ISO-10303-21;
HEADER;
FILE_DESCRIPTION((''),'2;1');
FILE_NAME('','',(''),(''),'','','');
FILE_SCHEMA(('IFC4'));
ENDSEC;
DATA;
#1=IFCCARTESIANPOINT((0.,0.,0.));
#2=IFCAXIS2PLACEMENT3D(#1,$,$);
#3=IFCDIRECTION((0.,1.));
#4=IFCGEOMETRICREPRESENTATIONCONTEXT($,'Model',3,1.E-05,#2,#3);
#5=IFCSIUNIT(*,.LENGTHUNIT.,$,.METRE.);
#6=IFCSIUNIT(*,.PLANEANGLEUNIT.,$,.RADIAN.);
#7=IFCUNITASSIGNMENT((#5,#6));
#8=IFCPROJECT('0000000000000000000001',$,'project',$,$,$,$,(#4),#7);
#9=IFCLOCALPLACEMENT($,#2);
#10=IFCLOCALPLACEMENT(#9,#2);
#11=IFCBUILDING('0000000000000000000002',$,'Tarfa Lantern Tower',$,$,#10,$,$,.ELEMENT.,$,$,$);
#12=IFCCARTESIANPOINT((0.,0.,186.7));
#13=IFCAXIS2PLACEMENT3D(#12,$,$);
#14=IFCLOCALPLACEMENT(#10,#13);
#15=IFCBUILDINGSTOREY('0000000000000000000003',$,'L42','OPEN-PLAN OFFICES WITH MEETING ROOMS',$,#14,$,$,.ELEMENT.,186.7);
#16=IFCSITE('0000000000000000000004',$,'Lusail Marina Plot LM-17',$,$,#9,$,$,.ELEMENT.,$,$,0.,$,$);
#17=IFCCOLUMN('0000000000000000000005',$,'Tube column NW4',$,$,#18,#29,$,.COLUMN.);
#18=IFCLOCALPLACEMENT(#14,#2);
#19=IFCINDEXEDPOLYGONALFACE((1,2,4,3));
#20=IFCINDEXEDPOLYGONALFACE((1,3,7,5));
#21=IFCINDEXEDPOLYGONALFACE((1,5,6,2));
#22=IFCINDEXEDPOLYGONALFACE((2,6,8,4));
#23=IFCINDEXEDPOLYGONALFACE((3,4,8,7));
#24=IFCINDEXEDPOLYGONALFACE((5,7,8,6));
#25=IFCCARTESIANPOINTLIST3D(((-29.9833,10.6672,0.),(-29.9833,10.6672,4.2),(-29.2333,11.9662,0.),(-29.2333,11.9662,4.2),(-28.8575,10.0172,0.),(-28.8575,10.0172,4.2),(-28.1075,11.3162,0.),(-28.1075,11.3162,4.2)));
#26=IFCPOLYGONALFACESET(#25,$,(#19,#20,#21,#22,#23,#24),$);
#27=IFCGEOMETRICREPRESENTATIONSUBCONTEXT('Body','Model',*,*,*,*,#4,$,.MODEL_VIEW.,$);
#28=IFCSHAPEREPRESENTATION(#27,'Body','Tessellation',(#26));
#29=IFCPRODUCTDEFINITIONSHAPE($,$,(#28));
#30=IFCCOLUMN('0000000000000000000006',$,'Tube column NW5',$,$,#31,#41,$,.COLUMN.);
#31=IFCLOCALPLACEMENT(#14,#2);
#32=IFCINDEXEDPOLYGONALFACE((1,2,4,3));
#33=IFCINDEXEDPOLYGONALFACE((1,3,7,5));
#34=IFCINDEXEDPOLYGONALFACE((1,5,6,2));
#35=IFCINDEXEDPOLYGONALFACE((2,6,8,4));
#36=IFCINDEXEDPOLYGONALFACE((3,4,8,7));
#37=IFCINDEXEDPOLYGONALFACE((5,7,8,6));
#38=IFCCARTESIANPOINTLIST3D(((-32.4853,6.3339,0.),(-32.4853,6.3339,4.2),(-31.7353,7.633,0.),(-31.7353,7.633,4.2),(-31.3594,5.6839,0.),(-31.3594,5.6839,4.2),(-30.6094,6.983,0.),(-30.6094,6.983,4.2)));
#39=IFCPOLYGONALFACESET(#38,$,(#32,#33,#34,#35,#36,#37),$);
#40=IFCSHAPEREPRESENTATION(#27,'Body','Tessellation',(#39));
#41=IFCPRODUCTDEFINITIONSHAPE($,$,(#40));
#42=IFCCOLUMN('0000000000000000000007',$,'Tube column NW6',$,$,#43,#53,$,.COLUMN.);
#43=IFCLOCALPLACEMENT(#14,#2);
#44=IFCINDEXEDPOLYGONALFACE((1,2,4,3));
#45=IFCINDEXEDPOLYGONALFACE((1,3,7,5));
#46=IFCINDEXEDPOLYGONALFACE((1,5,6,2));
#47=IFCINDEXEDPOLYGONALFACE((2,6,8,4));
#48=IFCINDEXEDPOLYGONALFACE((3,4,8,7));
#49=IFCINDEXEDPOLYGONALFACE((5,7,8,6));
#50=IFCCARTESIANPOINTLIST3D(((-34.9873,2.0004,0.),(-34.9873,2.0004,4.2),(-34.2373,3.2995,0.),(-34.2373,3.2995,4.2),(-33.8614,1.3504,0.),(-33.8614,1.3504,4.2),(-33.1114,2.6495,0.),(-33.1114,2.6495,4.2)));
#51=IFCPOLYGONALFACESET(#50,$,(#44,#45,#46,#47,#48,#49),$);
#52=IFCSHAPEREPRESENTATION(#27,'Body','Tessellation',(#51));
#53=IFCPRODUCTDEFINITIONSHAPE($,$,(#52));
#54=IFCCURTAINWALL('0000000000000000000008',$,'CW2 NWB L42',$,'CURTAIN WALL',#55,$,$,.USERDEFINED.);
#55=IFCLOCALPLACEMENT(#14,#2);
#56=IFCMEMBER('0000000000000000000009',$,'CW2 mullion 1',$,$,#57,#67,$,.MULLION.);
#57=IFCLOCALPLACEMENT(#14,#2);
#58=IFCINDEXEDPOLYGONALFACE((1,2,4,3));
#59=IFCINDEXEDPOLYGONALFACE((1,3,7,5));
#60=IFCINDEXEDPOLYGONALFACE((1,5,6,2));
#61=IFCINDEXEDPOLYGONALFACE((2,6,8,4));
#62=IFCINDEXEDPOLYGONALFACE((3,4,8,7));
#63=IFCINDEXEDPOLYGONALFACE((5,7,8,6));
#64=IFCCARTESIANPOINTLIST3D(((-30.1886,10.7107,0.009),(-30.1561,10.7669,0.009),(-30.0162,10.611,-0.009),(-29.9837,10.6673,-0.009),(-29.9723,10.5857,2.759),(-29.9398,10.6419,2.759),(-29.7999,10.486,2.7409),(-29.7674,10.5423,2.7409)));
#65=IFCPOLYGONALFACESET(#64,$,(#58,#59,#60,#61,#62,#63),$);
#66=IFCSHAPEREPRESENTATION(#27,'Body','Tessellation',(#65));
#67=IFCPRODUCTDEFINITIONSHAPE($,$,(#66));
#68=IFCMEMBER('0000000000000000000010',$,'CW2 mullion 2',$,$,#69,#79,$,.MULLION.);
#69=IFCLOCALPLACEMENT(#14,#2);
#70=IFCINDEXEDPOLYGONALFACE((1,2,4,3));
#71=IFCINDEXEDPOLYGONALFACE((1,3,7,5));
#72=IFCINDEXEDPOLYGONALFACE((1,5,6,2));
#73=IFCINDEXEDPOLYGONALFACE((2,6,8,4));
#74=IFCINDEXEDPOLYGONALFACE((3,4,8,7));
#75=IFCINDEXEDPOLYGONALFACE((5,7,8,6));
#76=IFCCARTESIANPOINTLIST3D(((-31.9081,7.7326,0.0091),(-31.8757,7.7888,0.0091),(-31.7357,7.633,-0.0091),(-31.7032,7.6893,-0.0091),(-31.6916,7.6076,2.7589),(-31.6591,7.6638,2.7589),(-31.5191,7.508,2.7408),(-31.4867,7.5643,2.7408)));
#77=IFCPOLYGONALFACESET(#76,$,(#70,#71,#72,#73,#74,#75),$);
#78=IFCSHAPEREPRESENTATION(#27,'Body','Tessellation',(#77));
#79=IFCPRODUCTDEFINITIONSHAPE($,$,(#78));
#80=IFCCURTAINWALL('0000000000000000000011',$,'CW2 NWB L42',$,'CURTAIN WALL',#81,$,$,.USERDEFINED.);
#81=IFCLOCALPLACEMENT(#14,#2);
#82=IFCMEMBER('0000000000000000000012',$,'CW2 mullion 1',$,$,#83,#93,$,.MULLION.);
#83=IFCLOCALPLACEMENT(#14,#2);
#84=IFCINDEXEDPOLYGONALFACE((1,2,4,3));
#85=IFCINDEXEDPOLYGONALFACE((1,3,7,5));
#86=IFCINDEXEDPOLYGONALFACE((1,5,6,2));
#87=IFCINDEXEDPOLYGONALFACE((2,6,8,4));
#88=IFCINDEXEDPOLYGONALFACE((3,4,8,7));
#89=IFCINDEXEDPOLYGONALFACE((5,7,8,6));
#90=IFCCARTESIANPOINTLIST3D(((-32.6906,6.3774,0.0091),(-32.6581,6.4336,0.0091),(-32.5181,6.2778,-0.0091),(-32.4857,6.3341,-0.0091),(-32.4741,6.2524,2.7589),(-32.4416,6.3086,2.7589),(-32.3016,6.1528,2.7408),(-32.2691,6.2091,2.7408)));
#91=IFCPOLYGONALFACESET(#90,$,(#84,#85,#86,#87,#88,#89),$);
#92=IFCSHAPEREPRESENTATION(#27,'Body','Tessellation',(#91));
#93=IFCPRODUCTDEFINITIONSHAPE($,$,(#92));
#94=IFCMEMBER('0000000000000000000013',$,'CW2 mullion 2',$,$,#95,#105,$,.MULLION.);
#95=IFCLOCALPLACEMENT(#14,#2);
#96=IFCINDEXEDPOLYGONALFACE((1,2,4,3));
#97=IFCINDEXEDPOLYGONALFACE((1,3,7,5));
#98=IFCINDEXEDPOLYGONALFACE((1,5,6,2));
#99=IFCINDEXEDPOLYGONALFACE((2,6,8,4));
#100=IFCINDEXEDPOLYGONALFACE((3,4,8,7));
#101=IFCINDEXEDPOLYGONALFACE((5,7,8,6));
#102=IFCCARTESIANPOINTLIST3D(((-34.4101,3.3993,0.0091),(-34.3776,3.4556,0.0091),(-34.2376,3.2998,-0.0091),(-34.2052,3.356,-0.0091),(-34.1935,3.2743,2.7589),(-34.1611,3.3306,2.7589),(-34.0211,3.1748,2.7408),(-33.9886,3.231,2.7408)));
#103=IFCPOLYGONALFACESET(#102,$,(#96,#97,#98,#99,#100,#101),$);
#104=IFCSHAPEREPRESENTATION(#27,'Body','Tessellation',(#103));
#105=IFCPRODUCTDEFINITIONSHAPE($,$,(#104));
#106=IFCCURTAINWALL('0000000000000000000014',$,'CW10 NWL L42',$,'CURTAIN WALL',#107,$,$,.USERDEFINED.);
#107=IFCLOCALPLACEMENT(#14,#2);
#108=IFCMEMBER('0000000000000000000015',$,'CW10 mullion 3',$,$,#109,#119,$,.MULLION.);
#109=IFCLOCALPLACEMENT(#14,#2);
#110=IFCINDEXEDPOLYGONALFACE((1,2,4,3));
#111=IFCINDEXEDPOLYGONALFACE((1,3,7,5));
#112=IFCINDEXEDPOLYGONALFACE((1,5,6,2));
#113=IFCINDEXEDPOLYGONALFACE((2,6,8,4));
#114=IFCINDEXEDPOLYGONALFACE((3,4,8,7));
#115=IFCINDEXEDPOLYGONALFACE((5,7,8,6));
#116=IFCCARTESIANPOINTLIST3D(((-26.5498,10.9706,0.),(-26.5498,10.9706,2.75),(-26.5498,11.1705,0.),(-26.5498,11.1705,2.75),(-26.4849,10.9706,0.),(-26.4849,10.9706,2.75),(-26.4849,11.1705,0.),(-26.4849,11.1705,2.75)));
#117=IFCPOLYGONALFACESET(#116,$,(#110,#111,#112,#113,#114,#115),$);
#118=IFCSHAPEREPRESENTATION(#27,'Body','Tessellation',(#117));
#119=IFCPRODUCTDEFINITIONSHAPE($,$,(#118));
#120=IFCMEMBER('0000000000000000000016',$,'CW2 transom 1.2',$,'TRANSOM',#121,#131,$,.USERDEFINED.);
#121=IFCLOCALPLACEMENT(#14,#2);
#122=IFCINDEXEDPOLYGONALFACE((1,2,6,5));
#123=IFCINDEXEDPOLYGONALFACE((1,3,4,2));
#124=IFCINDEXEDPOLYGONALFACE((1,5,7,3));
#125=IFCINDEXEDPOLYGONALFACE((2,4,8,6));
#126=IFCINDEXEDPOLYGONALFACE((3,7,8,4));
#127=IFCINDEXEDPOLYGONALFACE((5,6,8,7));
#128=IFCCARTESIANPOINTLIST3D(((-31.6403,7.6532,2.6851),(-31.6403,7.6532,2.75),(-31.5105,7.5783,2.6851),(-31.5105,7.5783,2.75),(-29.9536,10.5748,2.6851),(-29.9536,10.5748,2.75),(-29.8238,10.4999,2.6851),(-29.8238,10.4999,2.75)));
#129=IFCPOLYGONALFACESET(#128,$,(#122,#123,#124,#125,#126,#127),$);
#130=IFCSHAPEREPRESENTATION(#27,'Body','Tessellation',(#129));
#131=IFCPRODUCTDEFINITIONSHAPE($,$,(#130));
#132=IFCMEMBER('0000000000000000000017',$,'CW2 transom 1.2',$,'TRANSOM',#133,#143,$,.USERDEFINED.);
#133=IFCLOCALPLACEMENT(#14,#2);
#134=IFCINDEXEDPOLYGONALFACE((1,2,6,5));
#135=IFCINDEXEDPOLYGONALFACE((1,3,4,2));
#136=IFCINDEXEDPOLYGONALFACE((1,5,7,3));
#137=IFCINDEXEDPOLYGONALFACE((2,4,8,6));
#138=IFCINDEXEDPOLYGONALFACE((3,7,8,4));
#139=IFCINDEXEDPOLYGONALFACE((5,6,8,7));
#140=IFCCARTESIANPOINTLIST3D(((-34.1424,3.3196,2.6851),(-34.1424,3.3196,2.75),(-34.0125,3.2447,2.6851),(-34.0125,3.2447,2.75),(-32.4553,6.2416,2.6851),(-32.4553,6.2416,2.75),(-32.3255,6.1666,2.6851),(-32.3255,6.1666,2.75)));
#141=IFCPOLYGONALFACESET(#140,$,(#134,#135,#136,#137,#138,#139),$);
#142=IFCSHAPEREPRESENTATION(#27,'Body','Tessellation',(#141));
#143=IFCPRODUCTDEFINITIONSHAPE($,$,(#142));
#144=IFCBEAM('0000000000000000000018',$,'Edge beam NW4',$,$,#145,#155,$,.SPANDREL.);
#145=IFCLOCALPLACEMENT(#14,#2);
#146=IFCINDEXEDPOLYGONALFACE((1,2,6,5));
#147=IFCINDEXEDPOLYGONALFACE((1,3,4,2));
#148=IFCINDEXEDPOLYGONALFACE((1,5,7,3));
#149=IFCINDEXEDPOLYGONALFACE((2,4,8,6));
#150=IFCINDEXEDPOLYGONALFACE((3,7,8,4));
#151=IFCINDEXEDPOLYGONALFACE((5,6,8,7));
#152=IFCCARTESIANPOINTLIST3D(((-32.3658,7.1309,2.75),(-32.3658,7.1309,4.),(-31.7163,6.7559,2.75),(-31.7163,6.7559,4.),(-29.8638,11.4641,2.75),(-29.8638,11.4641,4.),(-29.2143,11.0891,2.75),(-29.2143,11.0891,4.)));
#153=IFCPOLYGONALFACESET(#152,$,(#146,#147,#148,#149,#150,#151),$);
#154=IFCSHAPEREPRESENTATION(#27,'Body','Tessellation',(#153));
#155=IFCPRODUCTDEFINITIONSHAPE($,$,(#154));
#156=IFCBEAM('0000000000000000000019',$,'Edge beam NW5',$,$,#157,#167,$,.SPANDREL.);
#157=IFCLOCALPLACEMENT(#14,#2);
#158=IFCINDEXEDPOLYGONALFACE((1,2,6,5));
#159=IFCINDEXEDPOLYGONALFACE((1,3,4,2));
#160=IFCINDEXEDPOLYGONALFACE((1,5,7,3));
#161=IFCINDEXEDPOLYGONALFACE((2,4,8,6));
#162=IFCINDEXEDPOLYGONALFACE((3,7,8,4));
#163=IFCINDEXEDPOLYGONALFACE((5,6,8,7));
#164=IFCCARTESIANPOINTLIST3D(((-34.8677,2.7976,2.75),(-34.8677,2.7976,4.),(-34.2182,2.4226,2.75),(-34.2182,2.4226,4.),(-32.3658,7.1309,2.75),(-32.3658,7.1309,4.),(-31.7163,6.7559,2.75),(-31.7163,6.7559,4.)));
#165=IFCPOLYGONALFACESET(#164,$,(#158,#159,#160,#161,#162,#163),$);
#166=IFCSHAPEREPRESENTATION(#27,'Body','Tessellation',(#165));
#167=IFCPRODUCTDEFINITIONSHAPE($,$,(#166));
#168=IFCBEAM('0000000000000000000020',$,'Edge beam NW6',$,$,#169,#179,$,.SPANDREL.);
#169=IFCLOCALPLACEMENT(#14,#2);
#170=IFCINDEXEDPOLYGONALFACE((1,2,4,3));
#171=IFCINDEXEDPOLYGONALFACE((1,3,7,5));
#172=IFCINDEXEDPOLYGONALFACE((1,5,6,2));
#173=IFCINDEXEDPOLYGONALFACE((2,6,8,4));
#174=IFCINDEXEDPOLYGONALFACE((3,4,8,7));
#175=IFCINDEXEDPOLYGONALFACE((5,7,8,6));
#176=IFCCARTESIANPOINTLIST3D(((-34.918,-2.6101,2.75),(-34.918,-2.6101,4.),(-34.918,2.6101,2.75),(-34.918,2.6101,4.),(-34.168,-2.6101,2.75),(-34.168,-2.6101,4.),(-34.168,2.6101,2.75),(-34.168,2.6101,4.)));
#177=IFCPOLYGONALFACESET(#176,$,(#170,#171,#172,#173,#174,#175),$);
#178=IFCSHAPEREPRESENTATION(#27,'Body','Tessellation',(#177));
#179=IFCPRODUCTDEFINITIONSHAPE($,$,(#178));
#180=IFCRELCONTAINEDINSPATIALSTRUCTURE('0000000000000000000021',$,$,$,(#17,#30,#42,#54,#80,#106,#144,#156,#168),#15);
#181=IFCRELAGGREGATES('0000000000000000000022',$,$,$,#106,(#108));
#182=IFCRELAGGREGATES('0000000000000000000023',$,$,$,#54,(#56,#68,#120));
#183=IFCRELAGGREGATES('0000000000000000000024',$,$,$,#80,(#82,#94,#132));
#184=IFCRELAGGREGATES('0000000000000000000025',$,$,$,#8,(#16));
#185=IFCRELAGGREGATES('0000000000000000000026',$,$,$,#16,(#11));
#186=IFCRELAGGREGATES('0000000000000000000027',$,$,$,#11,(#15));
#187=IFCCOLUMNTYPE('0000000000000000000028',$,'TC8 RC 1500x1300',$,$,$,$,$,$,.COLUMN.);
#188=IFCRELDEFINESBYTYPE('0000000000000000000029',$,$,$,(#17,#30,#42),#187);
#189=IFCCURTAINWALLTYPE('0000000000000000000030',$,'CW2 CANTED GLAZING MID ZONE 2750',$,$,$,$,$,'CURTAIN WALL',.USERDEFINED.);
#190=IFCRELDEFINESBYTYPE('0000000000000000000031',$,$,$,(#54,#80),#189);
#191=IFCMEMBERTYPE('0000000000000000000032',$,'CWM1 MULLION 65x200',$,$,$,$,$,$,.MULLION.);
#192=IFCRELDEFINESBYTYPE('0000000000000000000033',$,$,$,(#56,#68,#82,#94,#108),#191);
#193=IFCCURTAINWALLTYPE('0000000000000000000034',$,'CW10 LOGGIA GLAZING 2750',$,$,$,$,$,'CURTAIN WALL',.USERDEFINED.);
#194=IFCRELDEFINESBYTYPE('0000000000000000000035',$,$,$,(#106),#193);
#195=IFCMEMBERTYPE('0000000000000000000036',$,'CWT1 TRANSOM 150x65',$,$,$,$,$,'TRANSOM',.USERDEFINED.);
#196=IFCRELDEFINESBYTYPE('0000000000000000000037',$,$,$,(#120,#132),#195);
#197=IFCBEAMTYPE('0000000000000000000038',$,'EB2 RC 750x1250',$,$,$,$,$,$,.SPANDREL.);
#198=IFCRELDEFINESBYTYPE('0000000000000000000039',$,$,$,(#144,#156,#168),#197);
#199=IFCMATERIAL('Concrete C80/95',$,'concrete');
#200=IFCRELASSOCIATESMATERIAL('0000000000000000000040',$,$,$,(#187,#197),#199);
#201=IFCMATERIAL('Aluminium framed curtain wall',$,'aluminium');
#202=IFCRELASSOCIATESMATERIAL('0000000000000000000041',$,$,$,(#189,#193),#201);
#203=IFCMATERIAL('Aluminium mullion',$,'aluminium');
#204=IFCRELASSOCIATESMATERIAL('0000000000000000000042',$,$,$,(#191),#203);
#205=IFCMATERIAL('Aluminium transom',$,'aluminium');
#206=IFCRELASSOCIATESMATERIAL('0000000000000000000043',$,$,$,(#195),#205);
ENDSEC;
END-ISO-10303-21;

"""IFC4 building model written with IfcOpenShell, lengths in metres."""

from ifc_helpers import new_model, si_unit, direction, frame, origin, origin_2d, place, context, subcontext, project, spatial, rectangle, extrude, material, material_profile, profile_set, type_object, element, aggregate, save


model = new_model("IFC4")

# Units and contexts
model_context = context("Model", 3, precision=1e-05, world=origin(), true_north=direction((0.0, 1.0)))
body_context = subcontext(model_context, "Body", "Model", "MODEL_VIEW")
ifc_project = project(units=[si_unit("LENGTHUNIT", "METRE"), si_unit("PLANEANGLEUNIT", "RADIAN")], contexts=[model_context])

# Site, building, storey
site_placement = place(None, origin())
site = spatial("IfcSite", under=ifc_project, at=site_placement, Name="Lusail Marina Plot LM-17", CompositionType="ELEMENT", RefElevation=0.0)
building_placement = place(site_placement, origin())
building = spatial("IfcBuilding", under=site, at=building_placement, Name="Tarfa Lantern Tower", CompositionType="ELEMENT")
storey_placement = place(building_placement, frame((0.0, 0.0, 186.7)))
storey = spatial("IfcBuildingStorey", under=building, at=storey_placement, Name="L42", Description="OPEN-PLAN OFFICES WITH MEETING ROOMS", CompositionType="ELEMENT", Elevation=186.7)

# Columns
ifc_material_1 = material(Name="Concrete C80/95", Category="concrete")
ifc_material_profile_1 = material_profile(ifc_material_1, rectangle(XDim=1.5, YDim=1.3, at=origin_2d()), Name="RC 1500x1300")
ifc_profile_set_1 = profile_set([ifc_material_profile_1], Name="Concrete C80/95")
column_type = type_object("IfcColumnType", Name="TC8 RC 1500x1300", PredefinedType="COLUMN", material=ifc_profile_set_1)
for number, where, z_axis, x_axis, name in (
    (1, (-29.0454, 10.9917, 0.0), (0.0, 0.0, 1.0), (-0.5, -0.866025, 0.0), "Tube column NW4"),
    (2, (-31.5474, 6.6584, 0.0), (0.0, 0.0, 1.0), (-0.5, -0.866025, 0.0), "Tube column NW5"),
    (3, (-34.0493, 2.325, 0.0), (0.0, 0.0, 1.0), (-0.5, -0.866025, 0.0), "Tube column NW6"),
):
    element("IfcColumn", number, at=place(storey_placement, frame(where, z_axis=z_axis, x_axis=x_axis)), inside=storey, type_object=column_type, Name=name, PredefinedType="COLUMN", context=body_context, shape_type="SweptSolid", body=[
        extrude(rectangle(XDim=1.5, YDim=1.3, at=origin_2d()), origin(), (0.0, 0.0, 1.0), 4.2),
    ])

# Curtain walls, members
ifc_material_2 = material(Name="Aluminium framed curtain wall", Category="aluminium")
curtain_wall_type_1 = type_object("IfcCurtainWallType", Name="CW2 CANTED GLAZING MID ZONE 2750", ElementType="CURTAIN WALL", PredefinedType="USERDEFINED", material=ifc_material_2)
curtain_wall_1_placement = place(storey_placement, origin())
curtain_wall_1 = element("IfcCurtainWall", 4, at=curtain_wall_1_placement, inside=storey, type_object=curtain_wall_type_1, Name="CW2 NWB L42", ObjectType="CURTAIN WALL", PredefinedType="USERDEFINED")
ifc_material_3 = material(Name="Aluminium mullion", Category="aluminium")
ifc_material_profile_2 = material_profile(ifc_material_3, rectangle(XDim=0.0649, YDim=0.2, at=origin_2d()), Name="AL MULLION 65x200")
ifc_profile_set_2 = profile_set([ifc_material_profile_2], Name="Aluminium mullion")
member_type_1 = type_object("IfcMemberType", Name="CWM1 MULLION 65x200", PredefinedType="MULLION", material=ifc_profile_set_2)
member_1_placement = place(storey_placement, frame((-30.0862, 10.689, 0.0), z_axis=(0.078335, -0.045268, 0.995899), x_axis=(0.500343, 0.865827, 0.0)))
member_1 = element("IfcMember", 5, at=member_1_placement, type_object=member_type_1, Name="CW2 mullion 1", PredefinedType="MULLION", context=body_context, shape_type="SweptSolid", body=[
    extrude(rectangle(XDim=0.0649, YDim=0.2, at=origin_2d()), origin(), (0.0, 0.0, 1.0), 2.7612),
])
member_2_placement = place(storey_placement, frame((-31.8057, 7.7109, 0.0), z_axis=(0.078423, -0.045268, 0.995892), x_axis=(0.49992, 0.866072, 0.0)))
member_2 = element("IfcMember", 6, at=member_2_placement, type_object=member_type_1, Name="CW2 mullion 2", PredefinedType="MULLION", context=body_context, shape_type="SweptSolid", body=[
    extrude(rectangle(XDim=0.0649, YDim=0.2, at=origin_2d()), origin(), (0.0, 0.0, 1.0), 2.7612),
])
curtain_wall_2_placement = place(storey_placement, origin())
curtain_wall_2 = element("IfcCurtainWall", 7, at=curtain_wall_2_placement, inside=storey, type_object=curtain_wall_type_1, Name="CW2 NWB L42", ObjectType="CURTAIN WALL", PredefinedType="USERDEFINED")
member_3_placement = place(storey_placement, frame((-32.5881, 6.3557, 0.0), z_axis=(0.078423, -0.045268, 0.995892), x_axis=(0.49992, 0.866072, 0.0)))
member_3 = element("IfcMember", 8, at=member_3_placement, type_object=member_type_1, Name="CW2 mullion 1", PredefinedType="MULLION", context=body_context, shape_type="SweptSolid", body=[
    extrude(rectangle(XDim=0.0649, YDim=0.2, at=origin_2d()), origin(), (0.0, 0.0, 1.0), 2.7612),
])
member_4_placement = place(storey_placement, frame((-34.3076, 3.3777, 0.0), z_axis=(0.078423, -0.045268, 0.995892), x_axis=(0.49992, 0.866072, 0.0)))
member_4 = element("IfcMember", 9, at=member_4_placement, type_object=member_type_1, Name="CW2 mullion 2", PredefinedType="MULLION", context=body_context, shape_type="SweptSolid", body=[
    extrude(rectangle(XDim=0.0649, YDim=0.2, at=origin_2d()), origin(), (0.0, 0.0, 1.0), 2.7612),
])

# Curtain wall, member
curtain_wall_type_2 = type_object("IfcCurtainWallType", Name="CW10 LOGGIA GLAZING 2750", ElementType="CURTAIN WALL", PredefinedType="USERDEFINED", material=ifc_material_2)
curtain_wall_3_placement = place(storey_placement, origin())
curtain_wall_3 = element("IfcCurtainWall", 10, at=curtain_wall_3_placement, inside=storey, type_object=curtain_wall_type_2, Name="CW10 NWL L42", ObjectType="CURTAIN WALL", PredefinedType="USERDEFINED")
member_5_placement = place(storey_placement, frame((-26.5173, 11.0706, 0.0), z_axis=(0.0, 0.0, 1.0), x_axis=(1.0, 0.0, 0.0)))
member_5 = element("IfcMember", 11, at=member_5_placement, type_object=member_type_1, Name="CW10 mullion 3", PredefinedType="MULLION", context=body_context, shape_type="SweptSolid", body=[
    extrude(rectangle(XDim=0.0649, YDim=0.2, at=origin_2d()), origin(), (0.0, 0.0, 1.0), 2.75),
])
aggregate(curtain_wall_3, [member_5])

# Members
ifc_material_4 = material(Name="Aluminium transom", Category="aluminium")
ifc_material_profile_3 = material_profile(ifc_material_4, rectangle(XDim=0.1499, YDim=0.0649, at=origin_2d()), Name="AL TRANSOM 150x65")
ifc_profile_set_3 = profile_set([ifc_material_profile_3], Name="Aluminium transom")
member_type_2 = type_object("IfcMemberType", Name="CWT1 TRANSOM 150x65", ElementType="TRANSOM", PredefinedType="USERDEFINED", material=ifc_profile_set_3)
member_6_placement = place(storey_placement, frame((-29.8887, 10.5374, 2.7175), z_axis=(-0.499992, -0.86603, 0.0), x_axis=(0.86603, -0.499992, 0.0)))
member_6 = element("IfcMember", 12, at=member_6_placement, type_object=member_type_2, Name="CW2 transom 1.2", ObjectType="TRANSOM", PredefinedType="USERDEFINED", context=body_context, shape_type="SweptSolid", body=[
    extrude(rectangle(XDim=0.1499, YDim=0.0649, at=origin_2d()), origin(), (0.0, 0.0, 1.0), 3.3735),
])
member_7_placement = place(storey_placement, frame((-32.3904, 6.2041, 2.7175), z_axis=(-0.500015, -0.866017, 0.0), x_axis=(0.866017, -0.500015, 0.0)))
member_7 = element("IfcMember", 13, at=member_7_placement, type_object=member_type_2, Name="CW2 transom 1.2", ObjectType="TRANSOM", PredefinedType="USERDEFINED", context=body_context, shape_type="SweptSolid", body=[
    extrude(rectangle(XDim=0.1499, YDim=0.0649, at=origin_2d()), origin(), (0.0, 0.0, 1.0), 3.374),
])

# Beams
ifc_material_profile_4 = material_profile(ifc_material_1, rectangle(XDim=0.75, YDim=1.25, at=origin_2d()), Name="RC 750x1250")
ifc_profile_set_4 = profile_set([ifc_material_profile_4], Name="Concrete C80/95")
beam_type_1 = type_object("IfcBeamType", Name="EB2 RC 750x1250", PredefinedType="SPANDREL", material=ifc_profile_set_4)
for number, where, z_axis, x_axis, name in (
    (14, (-29.5391, 11.2766, 3.375), (-0.500022, -0.866013, 0.0), (0.866013, -0.500022, 0.0), "Edge beam NW4"),
    (15, (-32.041, 6.9434, 3.375), (-0.500022, -0.866013, 0.0), (0.866013, -0.500022, 0.0), "Edge beam NW5"),
):
    element("IfcBeam", number, at=place(storey_placement, frame(where, z_axis=z_axis, x_axis=x_axis)), inside=storey, type_object=beam_type_1, Name=name, PredefinedType="SPANDREL", context=body_context, shape_type="SweptSolid", body=[
        extrude(rectangle(XDim=0.75, YDim=1.25, at=origin_2d()), origin(), (0.0, 0.0, 1.0), 5.0037),
    ])
beam_1_placement = place(storey_placement, frame((-34.543, 2.6101, 3.375), z_axis=(0.0, -1.0, 0.0), x_axis=(1.0, 0.0, 0.0)))
element("IfcBeam", 16, at=beam_1_placement, inside=storey, type_object=beam_type_1, Name="Edge beam NW6", PredefinedType="SPANDREL", context=body_context, shape_type="SweptSolid", body=[
    extrude(rectangle(XDim=0.75, YDim=1.25, at=origin_2d()), origin(), (0.0, 0.0, 1.0), 5.2202),
])

aggregate(curtain_wall_1, [member_1, member_2, member_6])
aggregate(curtain_wall_2, [member_3, member_4, member_7])

save(model, "model.ifc")
